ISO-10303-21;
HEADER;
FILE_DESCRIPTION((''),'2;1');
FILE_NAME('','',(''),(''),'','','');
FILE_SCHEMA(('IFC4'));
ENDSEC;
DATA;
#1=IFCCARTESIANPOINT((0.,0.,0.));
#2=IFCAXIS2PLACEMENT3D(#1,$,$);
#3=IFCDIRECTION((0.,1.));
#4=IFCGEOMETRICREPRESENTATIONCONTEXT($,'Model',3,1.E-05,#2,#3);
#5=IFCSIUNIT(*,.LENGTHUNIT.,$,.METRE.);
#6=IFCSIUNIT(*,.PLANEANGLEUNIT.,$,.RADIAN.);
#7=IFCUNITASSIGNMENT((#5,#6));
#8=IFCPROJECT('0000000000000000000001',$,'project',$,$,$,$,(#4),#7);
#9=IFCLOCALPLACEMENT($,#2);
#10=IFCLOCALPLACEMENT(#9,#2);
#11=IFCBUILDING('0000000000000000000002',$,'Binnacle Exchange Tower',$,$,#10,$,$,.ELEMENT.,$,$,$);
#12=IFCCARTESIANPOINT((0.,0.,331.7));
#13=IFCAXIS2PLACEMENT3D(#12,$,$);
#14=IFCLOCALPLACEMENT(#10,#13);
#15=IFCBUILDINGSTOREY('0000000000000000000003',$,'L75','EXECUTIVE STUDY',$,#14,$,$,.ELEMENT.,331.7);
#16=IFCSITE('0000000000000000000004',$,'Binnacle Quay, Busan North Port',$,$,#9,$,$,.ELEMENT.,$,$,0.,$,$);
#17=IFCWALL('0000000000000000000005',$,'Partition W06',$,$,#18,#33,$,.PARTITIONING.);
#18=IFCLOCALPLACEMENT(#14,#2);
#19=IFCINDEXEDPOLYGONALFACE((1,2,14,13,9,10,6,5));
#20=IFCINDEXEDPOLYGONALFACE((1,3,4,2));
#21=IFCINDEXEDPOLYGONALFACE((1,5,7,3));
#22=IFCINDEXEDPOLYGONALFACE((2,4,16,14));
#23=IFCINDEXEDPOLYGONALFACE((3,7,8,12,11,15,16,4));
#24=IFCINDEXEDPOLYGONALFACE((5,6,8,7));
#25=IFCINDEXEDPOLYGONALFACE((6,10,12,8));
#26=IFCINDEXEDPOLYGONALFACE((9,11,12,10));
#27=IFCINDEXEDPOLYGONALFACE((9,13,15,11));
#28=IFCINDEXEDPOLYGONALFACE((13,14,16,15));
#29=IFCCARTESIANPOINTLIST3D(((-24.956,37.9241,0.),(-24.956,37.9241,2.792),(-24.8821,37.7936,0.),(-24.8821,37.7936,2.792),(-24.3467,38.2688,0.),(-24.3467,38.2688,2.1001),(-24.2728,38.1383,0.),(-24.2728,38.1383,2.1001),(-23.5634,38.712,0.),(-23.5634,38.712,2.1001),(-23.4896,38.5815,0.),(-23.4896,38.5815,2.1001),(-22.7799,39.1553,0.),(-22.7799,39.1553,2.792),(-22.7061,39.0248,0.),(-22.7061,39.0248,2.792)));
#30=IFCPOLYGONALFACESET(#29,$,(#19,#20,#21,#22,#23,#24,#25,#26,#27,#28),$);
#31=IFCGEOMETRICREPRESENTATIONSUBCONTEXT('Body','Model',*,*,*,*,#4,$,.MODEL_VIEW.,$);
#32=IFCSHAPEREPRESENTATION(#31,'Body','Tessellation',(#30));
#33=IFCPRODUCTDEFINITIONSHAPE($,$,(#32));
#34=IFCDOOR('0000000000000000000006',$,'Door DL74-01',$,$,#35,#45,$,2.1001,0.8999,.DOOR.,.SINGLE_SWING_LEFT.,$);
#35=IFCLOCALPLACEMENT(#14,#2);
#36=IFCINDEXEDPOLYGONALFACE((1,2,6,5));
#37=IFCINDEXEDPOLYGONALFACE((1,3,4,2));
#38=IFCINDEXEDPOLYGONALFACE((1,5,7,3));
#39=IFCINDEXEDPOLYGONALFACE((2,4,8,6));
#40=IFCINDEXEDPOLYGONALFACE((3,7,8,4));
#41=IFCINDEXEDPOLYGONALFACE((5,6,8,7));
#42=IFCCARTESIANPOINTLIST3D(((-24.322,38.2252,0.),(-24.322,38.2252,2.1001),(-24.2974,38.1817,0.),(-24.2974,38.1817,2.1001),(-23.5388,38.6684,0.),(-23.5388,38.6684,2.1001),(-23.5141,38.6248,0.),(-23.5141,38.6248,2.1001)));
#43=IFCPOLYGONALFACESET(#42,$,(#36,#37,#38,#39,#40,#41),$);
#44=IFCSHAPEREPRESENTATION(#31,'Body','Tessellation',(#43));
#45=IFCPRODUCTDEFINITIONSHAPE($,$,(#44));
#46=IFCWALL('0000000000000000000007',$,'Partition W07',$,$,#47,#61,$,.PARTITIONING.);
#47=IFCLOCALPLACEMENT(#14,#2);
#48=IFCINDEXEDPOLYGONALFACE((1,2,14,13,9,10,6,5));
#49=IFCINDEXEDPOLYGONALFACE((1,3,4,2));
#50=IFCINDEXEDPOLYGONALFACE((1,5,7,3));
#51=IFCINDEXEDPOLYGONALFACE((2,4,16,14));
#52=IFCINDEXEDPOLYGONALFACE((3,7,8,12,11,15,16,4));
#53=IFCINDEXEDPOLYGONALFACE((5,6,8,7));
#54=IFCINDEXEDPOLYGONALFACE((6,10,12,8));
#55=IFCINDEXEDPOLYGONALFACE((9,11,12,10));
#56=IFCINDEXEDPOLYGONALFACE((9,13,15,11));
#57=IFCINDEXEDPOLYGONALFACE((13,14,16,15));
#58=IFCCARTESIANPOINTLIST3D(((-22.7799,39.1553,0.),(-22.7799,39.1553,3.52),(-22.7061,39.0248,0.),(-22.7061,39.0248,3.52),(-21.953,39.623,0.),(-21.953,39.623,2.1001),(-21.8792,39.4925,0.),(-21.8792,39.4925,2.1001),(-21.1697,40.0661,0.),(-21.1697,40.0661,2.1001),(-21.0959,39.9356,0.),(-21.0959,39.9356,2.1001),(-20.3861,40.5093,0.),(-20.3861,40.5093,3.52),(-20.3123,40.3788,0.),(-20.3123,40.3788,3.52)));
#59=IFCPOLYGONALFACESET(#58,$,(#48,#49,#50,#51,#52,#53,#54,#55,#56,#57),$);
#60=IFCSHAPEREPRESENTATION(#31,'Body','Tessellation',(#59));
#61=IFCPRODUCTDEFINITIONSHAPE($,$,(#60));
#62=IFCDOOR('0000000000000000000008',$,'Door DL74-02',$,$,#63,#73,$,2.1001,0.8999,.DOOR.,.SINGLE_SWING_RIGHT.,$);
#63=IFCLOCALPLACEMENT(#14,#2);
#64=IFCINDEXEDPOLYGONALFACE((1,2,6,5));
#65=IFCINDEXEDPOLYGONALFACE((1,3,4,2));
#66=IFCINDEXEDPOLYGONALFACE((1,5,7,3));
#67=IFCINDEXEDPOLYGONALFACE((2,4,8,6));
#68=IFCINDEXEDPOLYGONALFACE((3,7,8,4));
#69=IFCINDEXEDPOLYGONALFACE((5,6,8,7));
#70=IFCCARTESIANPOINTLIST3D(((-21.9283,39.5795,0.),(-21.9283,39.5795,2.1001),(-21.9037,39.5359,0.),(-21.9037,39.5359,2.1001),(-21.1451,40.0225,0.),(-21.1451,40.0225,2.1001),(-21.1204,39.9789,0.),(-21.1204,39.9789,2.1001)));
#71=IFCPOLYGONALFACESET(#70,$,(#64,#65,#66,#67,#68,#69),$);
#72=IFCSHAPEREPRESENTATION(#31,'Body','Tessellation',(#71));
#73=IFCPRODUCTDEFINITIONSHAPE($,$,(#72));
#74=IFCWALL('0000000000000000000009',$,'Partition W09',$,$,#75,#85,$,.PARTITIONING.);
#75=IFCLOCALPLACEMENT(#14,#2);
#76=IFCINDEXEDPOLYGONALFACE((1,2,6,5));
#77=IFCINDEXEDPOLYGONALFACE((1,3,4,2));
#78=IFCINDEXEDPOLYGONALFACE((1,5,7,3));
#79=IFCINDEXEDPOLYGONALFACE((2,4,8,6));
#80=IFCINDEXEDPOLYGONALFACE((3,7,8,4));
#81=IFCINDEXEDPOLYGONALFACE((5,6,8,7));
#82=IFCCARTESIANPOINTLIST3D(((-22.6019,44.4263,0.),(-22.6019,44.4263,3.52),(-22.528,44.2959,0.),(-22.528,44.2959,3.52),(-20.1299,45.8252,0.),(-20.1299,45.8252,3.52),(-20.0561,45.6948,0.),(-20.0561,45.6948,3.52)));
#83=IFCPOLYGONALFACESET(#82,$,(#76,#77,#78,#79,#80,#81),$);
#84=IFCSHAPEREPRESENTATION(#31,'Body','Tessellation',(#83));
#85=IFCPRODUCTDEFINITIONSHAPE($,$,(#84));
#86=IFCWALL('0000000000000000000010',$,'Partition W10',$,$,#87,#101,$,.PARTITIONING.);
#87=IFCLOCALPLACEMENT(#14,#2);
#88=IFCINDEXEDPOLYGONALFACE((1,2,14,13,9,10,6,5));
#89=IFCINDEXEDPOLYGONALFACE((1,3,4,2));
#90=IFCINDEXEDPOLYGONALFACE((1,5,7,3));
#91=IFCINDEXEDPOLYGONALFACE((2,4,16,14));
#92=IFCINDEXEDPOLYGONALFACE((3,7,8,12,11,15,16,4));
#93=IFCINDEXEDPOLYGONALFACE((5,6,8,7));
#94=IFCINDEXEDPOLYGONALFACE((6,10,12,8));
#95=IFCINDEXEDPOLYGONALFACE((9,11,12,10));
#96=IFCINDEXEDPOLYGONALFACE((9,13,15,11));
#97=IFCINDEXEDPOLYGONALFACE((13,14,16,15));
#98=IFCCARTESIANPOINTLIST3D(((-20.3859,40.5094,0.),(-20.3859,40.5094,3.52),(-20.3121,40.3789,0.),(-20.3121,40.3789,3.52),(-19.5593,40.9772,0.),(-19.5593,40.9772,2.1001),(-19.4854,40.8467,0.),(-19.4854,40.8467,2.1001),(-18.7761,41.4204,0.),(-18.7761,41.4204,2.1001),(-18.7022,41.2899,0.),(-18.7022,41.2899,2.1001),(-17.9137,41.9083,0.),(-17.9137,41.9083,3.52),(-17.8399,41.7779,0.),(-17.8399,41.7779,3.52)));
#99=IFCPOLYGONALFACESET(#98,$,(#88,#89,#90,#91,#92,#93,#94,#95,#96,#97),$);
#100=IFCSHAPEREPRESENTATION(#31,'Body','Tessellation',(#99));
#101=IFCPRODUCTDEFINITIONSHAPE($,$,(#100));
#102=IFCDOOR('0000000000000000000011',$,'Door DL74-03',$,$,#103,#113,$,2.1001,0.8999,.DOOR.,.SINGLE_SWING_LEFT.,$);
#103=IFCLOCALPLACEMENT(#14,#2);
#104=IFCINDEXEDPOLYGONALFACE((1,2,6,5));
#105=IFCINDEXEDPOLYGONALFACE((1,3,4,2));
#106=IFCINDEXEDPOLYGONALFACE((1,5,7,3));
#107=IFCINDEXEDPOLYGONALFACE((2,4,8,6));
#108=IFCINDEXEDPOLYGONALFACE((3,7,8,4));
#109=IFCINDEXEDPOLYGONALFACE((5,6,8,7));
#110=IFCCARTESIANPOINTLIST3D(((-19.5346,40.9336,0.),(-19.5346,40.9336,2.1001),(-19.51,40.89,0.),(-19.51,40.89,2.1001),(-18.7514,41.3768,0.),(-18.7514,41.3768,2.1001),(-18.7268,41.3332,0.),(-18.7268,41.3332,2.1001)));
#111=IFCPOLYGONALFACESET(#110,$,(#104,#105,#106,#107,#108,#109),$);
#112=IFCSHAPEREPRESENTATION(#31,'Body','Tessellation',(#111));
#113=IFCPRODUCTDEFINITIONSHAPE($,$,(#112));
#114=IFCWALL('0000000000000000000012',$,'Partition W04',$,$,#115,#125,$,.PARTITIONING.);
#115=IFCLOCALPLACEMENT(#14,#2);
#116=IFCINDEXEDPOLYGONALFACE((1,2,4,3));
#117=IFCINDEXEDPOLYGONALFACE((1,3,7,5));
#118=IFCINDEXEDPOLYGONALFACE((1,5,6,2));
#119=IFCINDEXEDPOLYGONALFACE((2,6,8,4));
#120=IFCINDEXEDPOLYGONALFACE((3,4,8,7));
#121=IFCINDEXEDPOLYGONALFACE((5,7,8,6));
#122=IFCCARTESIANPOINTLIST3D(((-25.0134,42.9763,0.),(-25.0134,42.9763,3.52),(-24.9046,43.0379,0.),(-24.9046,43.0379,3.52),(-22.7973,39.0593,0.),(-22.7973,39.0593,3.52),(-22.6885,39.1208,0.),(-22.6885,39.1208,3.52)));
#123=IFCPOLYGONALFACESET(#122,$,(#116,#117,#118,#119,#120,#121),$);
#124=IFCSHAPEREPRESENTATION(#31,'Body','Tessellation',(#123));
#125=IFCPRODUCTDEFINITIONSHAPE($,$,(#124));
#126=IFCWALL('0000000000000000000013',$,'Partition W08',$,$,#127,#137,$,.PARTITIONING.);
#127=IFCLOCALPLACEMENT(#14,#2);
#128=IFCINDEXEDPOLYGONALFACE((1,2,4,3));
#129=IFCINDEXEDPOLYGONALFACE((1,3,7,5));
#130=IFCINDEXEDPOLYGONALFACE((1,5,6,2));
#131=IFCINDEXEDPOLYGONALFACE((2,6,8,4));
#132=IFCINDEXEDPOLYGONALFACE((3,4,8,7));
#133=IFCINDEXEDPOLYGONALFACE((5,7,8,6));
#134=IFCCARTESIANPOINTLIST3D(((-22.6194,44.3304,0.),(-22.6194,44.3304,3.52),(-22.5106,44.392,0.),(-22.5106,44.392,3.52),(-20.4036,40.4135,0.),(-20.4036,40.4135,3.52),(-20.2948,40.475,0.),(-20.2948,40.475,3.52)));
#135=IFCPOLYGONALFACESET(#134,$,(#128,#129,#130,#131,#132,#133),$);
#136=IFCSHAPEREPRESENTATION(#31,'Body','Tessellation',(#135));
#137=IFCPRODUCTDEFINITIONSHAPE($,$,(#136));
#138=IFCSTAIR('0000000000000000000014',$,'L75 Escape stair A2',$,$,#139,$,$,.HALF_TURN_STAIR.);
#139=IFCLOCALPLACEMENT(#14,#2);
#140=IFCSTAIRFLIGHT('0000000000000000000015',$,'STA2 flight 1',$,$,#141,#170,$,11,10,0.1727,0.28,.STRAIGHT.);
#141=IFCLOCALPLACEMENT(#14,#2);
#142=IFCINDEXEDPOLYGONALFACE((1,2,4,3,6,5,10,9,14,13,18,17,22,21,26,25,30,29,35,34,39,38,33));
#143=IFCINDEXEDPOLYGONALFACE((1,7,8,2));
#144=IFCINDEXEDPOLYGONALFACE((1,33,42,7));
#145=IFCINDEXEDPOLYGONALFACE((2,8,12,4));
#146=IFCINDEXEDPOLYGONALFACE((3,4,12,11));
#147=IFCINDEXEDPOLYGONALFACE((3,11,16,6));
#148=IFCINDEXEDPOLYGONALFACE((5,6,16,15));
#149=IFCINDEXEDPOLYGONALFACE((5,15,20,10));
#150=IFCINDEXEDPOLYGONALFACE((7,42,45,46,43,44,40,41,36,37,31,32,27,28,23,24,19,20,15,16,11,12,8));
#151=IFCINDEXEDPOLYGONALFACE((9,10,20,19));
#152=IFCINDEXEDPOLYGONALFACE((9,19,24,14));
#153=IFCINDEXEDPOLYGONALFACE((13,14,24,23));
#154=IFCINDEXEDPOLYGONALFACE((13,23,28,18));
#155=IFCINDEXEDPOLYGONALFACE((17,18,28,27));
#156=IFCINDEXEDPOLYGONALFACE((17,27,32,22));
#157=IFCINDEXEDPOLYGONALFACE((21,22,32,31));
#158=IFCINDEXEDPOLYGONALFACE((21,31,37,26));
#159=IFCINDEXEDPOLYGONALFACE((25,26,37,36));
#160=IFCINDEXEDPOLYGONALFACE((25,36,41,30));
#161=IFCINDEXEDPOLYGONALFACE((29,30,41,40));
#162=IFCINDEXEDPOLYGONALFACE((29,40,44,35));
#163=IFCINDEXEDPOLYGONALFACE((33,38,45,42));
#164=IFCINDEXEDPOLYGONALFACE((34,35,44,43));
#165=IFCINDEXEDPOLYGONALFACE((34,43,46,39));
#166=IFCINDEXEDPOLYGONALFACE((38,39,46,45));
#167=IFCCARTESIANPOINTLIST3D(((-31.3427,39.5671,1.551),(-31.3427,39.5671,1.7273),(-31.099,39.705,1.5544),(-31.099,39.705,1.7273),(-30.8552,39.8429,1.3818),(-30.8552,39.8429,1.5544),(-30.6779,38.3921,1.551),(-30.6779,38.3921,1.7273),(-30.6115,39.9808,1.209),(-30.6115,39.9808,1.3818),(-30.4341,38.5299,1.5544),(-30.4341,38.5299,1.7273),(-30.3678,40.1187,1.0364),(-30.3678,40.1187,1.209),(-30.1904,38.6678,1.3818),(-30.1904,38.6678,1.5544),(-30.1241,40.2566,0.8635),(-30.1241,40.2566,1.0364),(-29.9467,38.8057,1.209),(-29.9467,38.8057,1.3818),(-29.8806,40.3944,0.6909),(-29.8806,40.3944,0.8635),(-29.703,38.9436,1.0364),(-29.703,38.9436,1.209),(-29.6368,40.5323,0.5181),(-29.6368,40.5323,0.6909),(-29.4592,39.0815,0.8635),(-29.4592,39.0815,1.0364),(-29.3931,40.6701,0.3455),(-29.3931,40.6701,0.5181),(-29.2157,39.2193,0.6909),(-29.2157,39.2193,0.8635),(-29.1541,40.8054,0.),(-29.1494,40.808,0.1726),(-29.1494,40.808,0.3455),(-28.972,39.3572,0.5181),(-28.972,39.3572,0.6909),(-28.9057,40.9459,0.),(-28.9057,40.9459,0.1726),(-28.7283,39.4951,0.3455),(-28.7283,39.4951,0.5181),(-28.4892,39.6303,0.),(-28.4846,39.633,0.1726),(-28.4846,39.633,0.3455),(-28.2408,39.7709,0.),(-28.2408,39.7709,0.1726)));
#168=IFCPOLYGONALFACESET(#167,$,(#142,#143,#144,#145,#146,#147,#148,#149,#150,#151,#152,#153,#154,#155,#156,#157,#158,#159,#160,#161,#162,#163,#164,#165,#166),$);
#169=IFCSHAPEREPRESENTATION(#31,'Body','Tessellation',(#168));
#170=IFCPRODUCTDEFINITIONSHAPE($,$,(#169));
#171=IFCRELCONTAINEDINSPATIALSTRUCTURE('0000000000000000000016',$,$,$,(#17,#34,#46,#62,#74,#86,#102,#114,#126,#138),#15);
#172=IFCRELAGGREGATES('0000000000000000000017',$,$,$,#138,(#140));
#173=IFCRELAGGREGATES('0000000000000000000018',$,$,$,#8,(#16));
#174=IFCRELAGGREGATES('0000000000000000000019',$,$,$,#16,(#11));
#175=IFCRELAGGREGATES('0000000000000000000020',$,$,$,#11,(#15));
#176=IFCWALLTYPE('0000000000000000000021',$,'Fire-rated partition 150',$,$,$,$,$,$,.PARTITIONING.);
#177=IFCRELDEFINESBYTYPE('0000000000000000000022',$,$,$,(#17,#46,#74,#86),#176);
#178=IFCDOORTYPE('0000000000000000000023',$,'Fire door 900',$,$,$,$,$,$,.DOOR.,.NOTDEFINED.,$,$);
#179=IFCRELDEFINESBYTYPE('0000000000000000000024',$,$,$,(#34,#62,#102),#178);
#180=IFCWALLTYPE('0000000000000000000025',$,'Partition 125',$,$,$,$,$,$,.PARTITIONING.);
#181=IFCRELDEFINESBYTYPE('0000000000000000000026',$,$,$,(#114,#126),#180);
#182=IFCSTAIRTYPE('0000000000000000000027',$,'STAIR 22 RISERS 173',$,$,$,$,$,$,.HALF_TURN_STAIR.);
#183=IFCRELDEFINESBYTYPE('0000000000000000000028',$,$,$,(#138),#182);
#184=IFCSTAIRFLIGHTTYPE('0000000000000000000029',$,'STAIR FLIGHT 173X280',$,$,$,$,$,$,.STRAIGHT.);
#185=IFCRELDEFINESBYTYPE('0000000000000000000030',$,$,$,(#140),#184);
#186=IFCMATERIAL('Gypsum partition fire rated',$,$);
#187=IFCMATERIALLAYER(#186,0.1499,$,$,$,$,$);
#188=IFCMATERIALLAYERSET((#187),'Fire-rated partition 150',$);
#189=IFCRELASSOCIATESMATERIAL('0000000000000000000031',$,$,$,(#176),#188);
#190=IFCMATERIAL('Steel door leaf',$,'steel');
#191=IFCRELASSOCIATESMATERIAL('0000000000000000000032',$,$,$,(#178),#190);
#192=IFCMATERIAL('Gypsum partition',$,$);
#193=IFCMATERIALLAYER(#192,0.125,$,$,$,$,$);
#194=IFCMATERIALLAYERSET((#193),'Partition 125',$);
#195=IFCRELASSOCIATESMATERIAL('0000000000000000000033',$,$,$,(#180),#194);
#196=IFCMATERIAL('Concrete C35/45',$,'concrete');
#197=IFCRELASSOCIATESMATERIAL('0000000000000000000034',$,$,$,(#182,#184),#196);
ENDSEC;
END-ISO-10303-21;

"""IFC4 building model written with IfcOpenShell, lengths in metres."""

from ifc_helpers import new_model, si_unit, direction, frame, frame_2d, origin, place, context, subcontext, project, spatial, polyline, rectangle, outline, extrude, material, layer, layer_set, type_object, element, fill, aggregate, save


model = new_model("IFC4")

# Units and contexts
model_context = context("Model", 3, precision=1e-05, world=origin(), true_north=direction((0.0, 1.0)))
body_context = subcontext(model_context, "Body", "Model", "MODEL_VIEW")
ifc_project = project(units=[si_unit("LENGTHUNIT", "METRE"), si_unit("PLANEANGLEUNIT", "RADIAN")], contexts=[model_context])

# Site, building, storey
site_placement = place(None, origin())
site = spatial("IfcSite", under=ifc_project, at=site_placement, Name="Binnacle Quay, Busan North Port", CompositionType="ELEMENT", RefElevation=0.0)
building_placement = place(site_placement, origin())
building = spatial("IfcBuilding", under=site, at=building_placement, Name="Binnacle Exchange Tower", CompositionType="ELEMENT")
storey_placement = place(building_placement, frame((0.0, 0.0, 331.7)))
storey = spatial("IfcBuildingStorey", under=building, at=storey_placement, Name="L75", Description="EXECUTIVE STUDY", CompositionType="ELEMENT", Elevation=331.7)

# Shared definitions
ifc_material_1 = material(Name="Steel door leaf", Category="steel")

# Shared definitions
ifc_material_2 = material(Name="Gypsum partition fire rated")
ifc_layer_1 = layer(ifc_material_2, 0.1499)
ifc_layer_set_1 = layer_set([ifc_layer_1], Name="Fire-rated partition 150")
wall_type_1 = type_object("IfcWallType", Name="Fire-rated partition 150", PredefinedType="PARTITIONING", material=ifc_layer_set_1)

# Walls, openings, doors
wall_1_placement = place(storey_placement, frame((-24.9189, 37.8589, 0.0), z_axis=(0.0, 0.0, 1.0), x_axis=(0.870345, 0.492443, 0.0)))
wall_1 = element("IfcWall", 1, at=wall_1_placement, inside=storey, type_object=wall_type_1, Name="Partition W06", PredefinedType="PARTITIONING", context=body_context, shape_type="SweptSolid", body=[
    extrude(rectangle(XDim=2.5002, YDim=0.1499, at=frame_2d((1.25, 0.0))), origin(), (0.0, 0.0, 1.0), 2.792),
])
opening_1_placement = place(wall_1_placement, frame((0.7, 0.0, 0.0)))
opening_1 = element("IfcOpeningElement", 2, at=opening_1_placement, cuts=wall_1, PredefinedType="OPENING", context=body_context, shape_type="SweptSolid", body=[
    extrude(rectangle(XDim=0.8999, YDim=2.1001, at=frame_2d((0.45, 1.05))), frame((0.0, 0.085, 0.0), z_axis=(0.0, -1.0, 0.0), x_axis=(1.0, 0.0, 0.0)), (0.0, 0.0, 1.0), 0.1699),
])
door_type_1 = type_object("IfcDoorType", Name="Fire door 900", OperationType="NOTDEFINED", PredefinedType="DOOR", material=ifc_material_1)
door_1_placement = place(opening_1_placement, origin())
door_1 = element("IfcDoor", 3, at=door_1_placement, inside=storey, type_object=door_type_1, Name="Door DL74-01", OperationType="SINGLE_SWING_LEFT", OverallHeight=2.1001, OverallWidth=0.8999, PredefinedType="DOOR", context=body_context, shape_type="SweptSolid", body=[
    extrude(rectangle(XDim=0.8999, YDim=2.1001, at=frame_2d((0.45, 1.05))), frame((0.0, 0.0249, 0.0), z_axis=(0.0, -1.0, 0.0), x_axis=(1.0, 0.0, 0.0)), (0.0, 0.0, 1.0), 0.05),
])
fill(opening_1, door_1)
wall_2_placement = place(storey_placement, frame((-22.7429, 39.0901, 0.0), z_axis=(0.0, 0.0, 1.0), x_axis=(0.870409, 0.492329, 0.0)))
wall_2 = element("IfcWall", 4, at=wall_2_placement, inside=storey, type_object=wall_type_1, Name="Partition W07", PredefinedType="PARTITIONING", context=body_context, shape_type="SweptSolid", body=[
    extrude(rectangle(XDim=2.7502, YDim=0.1499, at=frame_2d((1.375, 0.0))), origin(), (0.0, 0.0, 1.0), 3.52),
])
opening_2_placement = place(wall_2_placement, frame((0.95, 0.0, 0.0)))
opening_2 = element("IfcOpeningElement", 5, at=opening_2_placement, cuts=wall_2, PredefinedType="OPENING", context=body_context, shape_type="SweptSolid", body=[
    extrude(rectangle(XDim=0.8999, YDim=2.1001, at=frame_2d((0.45, 1.05))), frame((0.0, 0.085, 0.0), z_axis=(0.0, -1.0, 0.0), x_axis=(1.0, 0.0, 0.0)), (0.0, 0.0, 1.0), 0.1699),
])
door_2_placement = place(opening_2_placement, origin())
door_2 = element("IfcDoor", 6, at=door_2_placement, inside=storey, type_object=door_type_1, Name="Door DL74-02", OperationType="SINGLE_SWING_RIGHT", OverallHeight=2.1001, OverallWidth=0.8999, PredefinedType="DOOR", context=body_context, shape_type="SweptSolid", body=[
    extrude(rectangle(XDim=0.8999, YDim=2.1001, at=frame_2d((0.45, 1.05))), frame((0.0, 0.0249, 0.0), z_axis=(0.0, -1.0, 0.0), x_axis=(1.0, 0.0, 0.0)), (0.0, 0.0, 1.0), 0.05),
])
fill(opening_2, door_2)

# Wall
wall_3_placement = place(storey_placement, frame((-22.5649, 44.3611, 0.0), z_axis=(0.0, 0.0, 1.0), x_axis=(0.870299, 0.492525, 0.0)))
element("IfcWall", 7, at=wall_3_placement, inside=storey, type_object=wall_type_1, Name="Partition W09", PredefinedType="PARTITIONING", context=body_context, shape_type="SweptSolid", body=[
    extrude(rectangle(XDim=2.8403, YDim=0.1499, at=frame_2d((1.4202, 0.0))), origin(), (0.0, 0.0, 1.0), 3.52),
])

# Wall, opening, door
wall_4_placement = place(storey_placement, frame((-20.3491, 40.4441, 0.0), z_axis=(0.0, 0.0, 1.0), x_axis=(0.870319, 0.492488, 0.0)))
wall_4 = element("IfcWall", 8, at=wall_4_placement, inside=storey, type_object=wall_type_1, Name="Partition W10", PredefinedType="PARTITIONING", context=body_context, shape_type="SweptSolid", body=[
    extrude(rectangle(XDim=2.8406, YDim=0.1499, at=frame_2d((1.4204, 0.0))), origin(), (0.0, 0.0, 1.0), 3.52),
])
opening_3_placement = place(wall_4_placement, frame((0.95, 0.0, 0.0)))
opening_3 = element("IfcOpeningElement", 9, at=opening_3_placement, cuts=wall_4, PredefinedType="OPENING", context=body_context, shape_type="SweptSolid", body=[
    extrude(rectangle(XDim=0.8999, YDim=2.1001, at=frame_2d((0.45, 1.05))), frame((0.0, 0.085, 0.0), z_axis=(0.0, -1.0, 0.0), x_axis=(1.0, 0.0, 0.0)), (0.0, 0.0, 1.0), 0.1699),
])
door_3_placement = place(opening_3_placement, origin())
door_3 = element("IfcDoor", 10, at=door_3_placement, inside=storey, type_object=door_type_1, Name="Door DL74-03", OperationType="SINGLE_SWING_LEFT", OverallHeight=2.1001, OverallWidth=0.8999, PredefinedType="DOOR", context=body_context, shape_type="SweptSolid", body=[
    extrude(rectangle(XDim=0.8999, YDim=2.1001, at=frame_2d((0.45, 1.05))), frame((0.0, 0.0249, 0.0), z_axis=(0.0, -1.0, 0.0), x_axis=(1.0, 0.0, 0.0)), (0.0, 0.0, 1.0), 0.05),
])
fill(opening_3, door_3)

# Walls
ifc_material_3 = material(Name="Gypsum partition")
ifc_layer_2 = layer(ifc_material_3, 0.125)
ifc_layer_set_2 = layer_set([ifc_layer_2], Name="Partition 125")
wall_type_2 = type_object("IfcWallType", Name="Partition 125", PredefinedType="PARTITIONING", material=ifc_layer_set_2)
wall_5_placement = place(storey_placement, frame((-24.959, 43.0071, 0.0), z_axis=(0.0, 0.0, 1.0), x_axis=(0.492413, -0.870362, 0.0)))
element("IfcWall", 11, at=wall_5_placement, inside=storey, type_object=wall_type_2, Name="Partition W04", PredefinedType="PARTITIONING", context=body_context, shape_type="SweptSolid", body=[
    extrude(rectangle(XDim=4.5005, YDim=0.125, at=frame_2d((2.2502, 0.0))), origin(), (0.0, 0.0, 1.0), 3.52),
])
wall_6_placement = place(storey_placement, frame((-22.5649, 44.3611, 0.0), z_axis=(0.0, 0.0, 1.0), x_axis=(0.492372, -0.870385, 0.0)))
element("IfcWall", 12, at=wall_6_placement, inside=storey, type_object=wall_type_2, Name="Partition W08", PredefinedType="PARTITIONING", context=body_context, shape_type="SweptSolid", body=[
    extrude(rectangle(XDim=4.5002, YDim=0.125, at=frame_2d((2.25, 0.0))), origin(), (0.0, 0.0, 1.0), 3.52),
])

# Stair, stair flight
ifc_material_4 = material(Name="Concrete C35/45", Category="concrete")
stair_type = type_object("IfcStairType", Name="STAIR 22 RISERS 173", PredefinedType="HALF_TURN_STAIR", material=ifc_material_4)
stair_placement = place(storey_placement, origin())
stair = element("IfcStair", 13, at=stair_placement, inside=storey, type_object=stair_type, Name="L75 Escape stair A2", PredefinedType="HALF_TURN_STAIR")
stair_flight_type = type_object("IfcStairFlightType", Name="STAIR FLIGHT 173X280", PredefinedType="STRAIGHT", material=ifc_material_4)
stair_flight_1_placement = place(storey_placement, frame((-28.5732, 40.3584, 0.0), z_axis=(0.0, 0.0, 1.0), x_axis=(-0.870356, -0.492424, 0.0)))
stair_flight_1 = element("IfcStairFlight", 14, at=stair_flight_1_placement, type_object=stair_flight_type, Name="STA2 flight 1", NumberOfRisers=11, NumberOfTreads=10, PredefinedType="STRAIGHT", RiserHeight=0.1727, TreadLength=0.28, context=body_context, shape_type="SweptSolid", body=[
    extrude(outline(polyline([(0.0, 0.0), (0.0, 0.1726), (0.28, 0.1726), (0.28, 0.3455), (0.5601, 0.3455), (0.5601, 0.5181), (0.8401, 0.5181), (0.8401, 0.6909), (1.1201, 0.6909), (1.1201, 0.8635), (1.3999, 0.8635), (1.3999, 1.0364), (1.6799, 1.0364), (1.6799, 1.209), (1.96, 1.209), (1.96, 1.3818), (2.24, 1.3818), (2.24, 1.5544), (2.52, 1.5544), (2.52, 1.7273), (2.8, 1.7273), (2.8, 1.8999), (2.8, 1.551), (0.2854, 0.0), (0.0, 0.0)])), frame((0.0, 0.675, 0.0), z_axis=(0.0, -1.0, 0.0), x_axis=(1.0, 0.0, 0.0)), (0.0, 0.0, 1.0), 1.3501),
])
aggregate(stair, [stair_flight_1])

save(model, "model.ifc")
